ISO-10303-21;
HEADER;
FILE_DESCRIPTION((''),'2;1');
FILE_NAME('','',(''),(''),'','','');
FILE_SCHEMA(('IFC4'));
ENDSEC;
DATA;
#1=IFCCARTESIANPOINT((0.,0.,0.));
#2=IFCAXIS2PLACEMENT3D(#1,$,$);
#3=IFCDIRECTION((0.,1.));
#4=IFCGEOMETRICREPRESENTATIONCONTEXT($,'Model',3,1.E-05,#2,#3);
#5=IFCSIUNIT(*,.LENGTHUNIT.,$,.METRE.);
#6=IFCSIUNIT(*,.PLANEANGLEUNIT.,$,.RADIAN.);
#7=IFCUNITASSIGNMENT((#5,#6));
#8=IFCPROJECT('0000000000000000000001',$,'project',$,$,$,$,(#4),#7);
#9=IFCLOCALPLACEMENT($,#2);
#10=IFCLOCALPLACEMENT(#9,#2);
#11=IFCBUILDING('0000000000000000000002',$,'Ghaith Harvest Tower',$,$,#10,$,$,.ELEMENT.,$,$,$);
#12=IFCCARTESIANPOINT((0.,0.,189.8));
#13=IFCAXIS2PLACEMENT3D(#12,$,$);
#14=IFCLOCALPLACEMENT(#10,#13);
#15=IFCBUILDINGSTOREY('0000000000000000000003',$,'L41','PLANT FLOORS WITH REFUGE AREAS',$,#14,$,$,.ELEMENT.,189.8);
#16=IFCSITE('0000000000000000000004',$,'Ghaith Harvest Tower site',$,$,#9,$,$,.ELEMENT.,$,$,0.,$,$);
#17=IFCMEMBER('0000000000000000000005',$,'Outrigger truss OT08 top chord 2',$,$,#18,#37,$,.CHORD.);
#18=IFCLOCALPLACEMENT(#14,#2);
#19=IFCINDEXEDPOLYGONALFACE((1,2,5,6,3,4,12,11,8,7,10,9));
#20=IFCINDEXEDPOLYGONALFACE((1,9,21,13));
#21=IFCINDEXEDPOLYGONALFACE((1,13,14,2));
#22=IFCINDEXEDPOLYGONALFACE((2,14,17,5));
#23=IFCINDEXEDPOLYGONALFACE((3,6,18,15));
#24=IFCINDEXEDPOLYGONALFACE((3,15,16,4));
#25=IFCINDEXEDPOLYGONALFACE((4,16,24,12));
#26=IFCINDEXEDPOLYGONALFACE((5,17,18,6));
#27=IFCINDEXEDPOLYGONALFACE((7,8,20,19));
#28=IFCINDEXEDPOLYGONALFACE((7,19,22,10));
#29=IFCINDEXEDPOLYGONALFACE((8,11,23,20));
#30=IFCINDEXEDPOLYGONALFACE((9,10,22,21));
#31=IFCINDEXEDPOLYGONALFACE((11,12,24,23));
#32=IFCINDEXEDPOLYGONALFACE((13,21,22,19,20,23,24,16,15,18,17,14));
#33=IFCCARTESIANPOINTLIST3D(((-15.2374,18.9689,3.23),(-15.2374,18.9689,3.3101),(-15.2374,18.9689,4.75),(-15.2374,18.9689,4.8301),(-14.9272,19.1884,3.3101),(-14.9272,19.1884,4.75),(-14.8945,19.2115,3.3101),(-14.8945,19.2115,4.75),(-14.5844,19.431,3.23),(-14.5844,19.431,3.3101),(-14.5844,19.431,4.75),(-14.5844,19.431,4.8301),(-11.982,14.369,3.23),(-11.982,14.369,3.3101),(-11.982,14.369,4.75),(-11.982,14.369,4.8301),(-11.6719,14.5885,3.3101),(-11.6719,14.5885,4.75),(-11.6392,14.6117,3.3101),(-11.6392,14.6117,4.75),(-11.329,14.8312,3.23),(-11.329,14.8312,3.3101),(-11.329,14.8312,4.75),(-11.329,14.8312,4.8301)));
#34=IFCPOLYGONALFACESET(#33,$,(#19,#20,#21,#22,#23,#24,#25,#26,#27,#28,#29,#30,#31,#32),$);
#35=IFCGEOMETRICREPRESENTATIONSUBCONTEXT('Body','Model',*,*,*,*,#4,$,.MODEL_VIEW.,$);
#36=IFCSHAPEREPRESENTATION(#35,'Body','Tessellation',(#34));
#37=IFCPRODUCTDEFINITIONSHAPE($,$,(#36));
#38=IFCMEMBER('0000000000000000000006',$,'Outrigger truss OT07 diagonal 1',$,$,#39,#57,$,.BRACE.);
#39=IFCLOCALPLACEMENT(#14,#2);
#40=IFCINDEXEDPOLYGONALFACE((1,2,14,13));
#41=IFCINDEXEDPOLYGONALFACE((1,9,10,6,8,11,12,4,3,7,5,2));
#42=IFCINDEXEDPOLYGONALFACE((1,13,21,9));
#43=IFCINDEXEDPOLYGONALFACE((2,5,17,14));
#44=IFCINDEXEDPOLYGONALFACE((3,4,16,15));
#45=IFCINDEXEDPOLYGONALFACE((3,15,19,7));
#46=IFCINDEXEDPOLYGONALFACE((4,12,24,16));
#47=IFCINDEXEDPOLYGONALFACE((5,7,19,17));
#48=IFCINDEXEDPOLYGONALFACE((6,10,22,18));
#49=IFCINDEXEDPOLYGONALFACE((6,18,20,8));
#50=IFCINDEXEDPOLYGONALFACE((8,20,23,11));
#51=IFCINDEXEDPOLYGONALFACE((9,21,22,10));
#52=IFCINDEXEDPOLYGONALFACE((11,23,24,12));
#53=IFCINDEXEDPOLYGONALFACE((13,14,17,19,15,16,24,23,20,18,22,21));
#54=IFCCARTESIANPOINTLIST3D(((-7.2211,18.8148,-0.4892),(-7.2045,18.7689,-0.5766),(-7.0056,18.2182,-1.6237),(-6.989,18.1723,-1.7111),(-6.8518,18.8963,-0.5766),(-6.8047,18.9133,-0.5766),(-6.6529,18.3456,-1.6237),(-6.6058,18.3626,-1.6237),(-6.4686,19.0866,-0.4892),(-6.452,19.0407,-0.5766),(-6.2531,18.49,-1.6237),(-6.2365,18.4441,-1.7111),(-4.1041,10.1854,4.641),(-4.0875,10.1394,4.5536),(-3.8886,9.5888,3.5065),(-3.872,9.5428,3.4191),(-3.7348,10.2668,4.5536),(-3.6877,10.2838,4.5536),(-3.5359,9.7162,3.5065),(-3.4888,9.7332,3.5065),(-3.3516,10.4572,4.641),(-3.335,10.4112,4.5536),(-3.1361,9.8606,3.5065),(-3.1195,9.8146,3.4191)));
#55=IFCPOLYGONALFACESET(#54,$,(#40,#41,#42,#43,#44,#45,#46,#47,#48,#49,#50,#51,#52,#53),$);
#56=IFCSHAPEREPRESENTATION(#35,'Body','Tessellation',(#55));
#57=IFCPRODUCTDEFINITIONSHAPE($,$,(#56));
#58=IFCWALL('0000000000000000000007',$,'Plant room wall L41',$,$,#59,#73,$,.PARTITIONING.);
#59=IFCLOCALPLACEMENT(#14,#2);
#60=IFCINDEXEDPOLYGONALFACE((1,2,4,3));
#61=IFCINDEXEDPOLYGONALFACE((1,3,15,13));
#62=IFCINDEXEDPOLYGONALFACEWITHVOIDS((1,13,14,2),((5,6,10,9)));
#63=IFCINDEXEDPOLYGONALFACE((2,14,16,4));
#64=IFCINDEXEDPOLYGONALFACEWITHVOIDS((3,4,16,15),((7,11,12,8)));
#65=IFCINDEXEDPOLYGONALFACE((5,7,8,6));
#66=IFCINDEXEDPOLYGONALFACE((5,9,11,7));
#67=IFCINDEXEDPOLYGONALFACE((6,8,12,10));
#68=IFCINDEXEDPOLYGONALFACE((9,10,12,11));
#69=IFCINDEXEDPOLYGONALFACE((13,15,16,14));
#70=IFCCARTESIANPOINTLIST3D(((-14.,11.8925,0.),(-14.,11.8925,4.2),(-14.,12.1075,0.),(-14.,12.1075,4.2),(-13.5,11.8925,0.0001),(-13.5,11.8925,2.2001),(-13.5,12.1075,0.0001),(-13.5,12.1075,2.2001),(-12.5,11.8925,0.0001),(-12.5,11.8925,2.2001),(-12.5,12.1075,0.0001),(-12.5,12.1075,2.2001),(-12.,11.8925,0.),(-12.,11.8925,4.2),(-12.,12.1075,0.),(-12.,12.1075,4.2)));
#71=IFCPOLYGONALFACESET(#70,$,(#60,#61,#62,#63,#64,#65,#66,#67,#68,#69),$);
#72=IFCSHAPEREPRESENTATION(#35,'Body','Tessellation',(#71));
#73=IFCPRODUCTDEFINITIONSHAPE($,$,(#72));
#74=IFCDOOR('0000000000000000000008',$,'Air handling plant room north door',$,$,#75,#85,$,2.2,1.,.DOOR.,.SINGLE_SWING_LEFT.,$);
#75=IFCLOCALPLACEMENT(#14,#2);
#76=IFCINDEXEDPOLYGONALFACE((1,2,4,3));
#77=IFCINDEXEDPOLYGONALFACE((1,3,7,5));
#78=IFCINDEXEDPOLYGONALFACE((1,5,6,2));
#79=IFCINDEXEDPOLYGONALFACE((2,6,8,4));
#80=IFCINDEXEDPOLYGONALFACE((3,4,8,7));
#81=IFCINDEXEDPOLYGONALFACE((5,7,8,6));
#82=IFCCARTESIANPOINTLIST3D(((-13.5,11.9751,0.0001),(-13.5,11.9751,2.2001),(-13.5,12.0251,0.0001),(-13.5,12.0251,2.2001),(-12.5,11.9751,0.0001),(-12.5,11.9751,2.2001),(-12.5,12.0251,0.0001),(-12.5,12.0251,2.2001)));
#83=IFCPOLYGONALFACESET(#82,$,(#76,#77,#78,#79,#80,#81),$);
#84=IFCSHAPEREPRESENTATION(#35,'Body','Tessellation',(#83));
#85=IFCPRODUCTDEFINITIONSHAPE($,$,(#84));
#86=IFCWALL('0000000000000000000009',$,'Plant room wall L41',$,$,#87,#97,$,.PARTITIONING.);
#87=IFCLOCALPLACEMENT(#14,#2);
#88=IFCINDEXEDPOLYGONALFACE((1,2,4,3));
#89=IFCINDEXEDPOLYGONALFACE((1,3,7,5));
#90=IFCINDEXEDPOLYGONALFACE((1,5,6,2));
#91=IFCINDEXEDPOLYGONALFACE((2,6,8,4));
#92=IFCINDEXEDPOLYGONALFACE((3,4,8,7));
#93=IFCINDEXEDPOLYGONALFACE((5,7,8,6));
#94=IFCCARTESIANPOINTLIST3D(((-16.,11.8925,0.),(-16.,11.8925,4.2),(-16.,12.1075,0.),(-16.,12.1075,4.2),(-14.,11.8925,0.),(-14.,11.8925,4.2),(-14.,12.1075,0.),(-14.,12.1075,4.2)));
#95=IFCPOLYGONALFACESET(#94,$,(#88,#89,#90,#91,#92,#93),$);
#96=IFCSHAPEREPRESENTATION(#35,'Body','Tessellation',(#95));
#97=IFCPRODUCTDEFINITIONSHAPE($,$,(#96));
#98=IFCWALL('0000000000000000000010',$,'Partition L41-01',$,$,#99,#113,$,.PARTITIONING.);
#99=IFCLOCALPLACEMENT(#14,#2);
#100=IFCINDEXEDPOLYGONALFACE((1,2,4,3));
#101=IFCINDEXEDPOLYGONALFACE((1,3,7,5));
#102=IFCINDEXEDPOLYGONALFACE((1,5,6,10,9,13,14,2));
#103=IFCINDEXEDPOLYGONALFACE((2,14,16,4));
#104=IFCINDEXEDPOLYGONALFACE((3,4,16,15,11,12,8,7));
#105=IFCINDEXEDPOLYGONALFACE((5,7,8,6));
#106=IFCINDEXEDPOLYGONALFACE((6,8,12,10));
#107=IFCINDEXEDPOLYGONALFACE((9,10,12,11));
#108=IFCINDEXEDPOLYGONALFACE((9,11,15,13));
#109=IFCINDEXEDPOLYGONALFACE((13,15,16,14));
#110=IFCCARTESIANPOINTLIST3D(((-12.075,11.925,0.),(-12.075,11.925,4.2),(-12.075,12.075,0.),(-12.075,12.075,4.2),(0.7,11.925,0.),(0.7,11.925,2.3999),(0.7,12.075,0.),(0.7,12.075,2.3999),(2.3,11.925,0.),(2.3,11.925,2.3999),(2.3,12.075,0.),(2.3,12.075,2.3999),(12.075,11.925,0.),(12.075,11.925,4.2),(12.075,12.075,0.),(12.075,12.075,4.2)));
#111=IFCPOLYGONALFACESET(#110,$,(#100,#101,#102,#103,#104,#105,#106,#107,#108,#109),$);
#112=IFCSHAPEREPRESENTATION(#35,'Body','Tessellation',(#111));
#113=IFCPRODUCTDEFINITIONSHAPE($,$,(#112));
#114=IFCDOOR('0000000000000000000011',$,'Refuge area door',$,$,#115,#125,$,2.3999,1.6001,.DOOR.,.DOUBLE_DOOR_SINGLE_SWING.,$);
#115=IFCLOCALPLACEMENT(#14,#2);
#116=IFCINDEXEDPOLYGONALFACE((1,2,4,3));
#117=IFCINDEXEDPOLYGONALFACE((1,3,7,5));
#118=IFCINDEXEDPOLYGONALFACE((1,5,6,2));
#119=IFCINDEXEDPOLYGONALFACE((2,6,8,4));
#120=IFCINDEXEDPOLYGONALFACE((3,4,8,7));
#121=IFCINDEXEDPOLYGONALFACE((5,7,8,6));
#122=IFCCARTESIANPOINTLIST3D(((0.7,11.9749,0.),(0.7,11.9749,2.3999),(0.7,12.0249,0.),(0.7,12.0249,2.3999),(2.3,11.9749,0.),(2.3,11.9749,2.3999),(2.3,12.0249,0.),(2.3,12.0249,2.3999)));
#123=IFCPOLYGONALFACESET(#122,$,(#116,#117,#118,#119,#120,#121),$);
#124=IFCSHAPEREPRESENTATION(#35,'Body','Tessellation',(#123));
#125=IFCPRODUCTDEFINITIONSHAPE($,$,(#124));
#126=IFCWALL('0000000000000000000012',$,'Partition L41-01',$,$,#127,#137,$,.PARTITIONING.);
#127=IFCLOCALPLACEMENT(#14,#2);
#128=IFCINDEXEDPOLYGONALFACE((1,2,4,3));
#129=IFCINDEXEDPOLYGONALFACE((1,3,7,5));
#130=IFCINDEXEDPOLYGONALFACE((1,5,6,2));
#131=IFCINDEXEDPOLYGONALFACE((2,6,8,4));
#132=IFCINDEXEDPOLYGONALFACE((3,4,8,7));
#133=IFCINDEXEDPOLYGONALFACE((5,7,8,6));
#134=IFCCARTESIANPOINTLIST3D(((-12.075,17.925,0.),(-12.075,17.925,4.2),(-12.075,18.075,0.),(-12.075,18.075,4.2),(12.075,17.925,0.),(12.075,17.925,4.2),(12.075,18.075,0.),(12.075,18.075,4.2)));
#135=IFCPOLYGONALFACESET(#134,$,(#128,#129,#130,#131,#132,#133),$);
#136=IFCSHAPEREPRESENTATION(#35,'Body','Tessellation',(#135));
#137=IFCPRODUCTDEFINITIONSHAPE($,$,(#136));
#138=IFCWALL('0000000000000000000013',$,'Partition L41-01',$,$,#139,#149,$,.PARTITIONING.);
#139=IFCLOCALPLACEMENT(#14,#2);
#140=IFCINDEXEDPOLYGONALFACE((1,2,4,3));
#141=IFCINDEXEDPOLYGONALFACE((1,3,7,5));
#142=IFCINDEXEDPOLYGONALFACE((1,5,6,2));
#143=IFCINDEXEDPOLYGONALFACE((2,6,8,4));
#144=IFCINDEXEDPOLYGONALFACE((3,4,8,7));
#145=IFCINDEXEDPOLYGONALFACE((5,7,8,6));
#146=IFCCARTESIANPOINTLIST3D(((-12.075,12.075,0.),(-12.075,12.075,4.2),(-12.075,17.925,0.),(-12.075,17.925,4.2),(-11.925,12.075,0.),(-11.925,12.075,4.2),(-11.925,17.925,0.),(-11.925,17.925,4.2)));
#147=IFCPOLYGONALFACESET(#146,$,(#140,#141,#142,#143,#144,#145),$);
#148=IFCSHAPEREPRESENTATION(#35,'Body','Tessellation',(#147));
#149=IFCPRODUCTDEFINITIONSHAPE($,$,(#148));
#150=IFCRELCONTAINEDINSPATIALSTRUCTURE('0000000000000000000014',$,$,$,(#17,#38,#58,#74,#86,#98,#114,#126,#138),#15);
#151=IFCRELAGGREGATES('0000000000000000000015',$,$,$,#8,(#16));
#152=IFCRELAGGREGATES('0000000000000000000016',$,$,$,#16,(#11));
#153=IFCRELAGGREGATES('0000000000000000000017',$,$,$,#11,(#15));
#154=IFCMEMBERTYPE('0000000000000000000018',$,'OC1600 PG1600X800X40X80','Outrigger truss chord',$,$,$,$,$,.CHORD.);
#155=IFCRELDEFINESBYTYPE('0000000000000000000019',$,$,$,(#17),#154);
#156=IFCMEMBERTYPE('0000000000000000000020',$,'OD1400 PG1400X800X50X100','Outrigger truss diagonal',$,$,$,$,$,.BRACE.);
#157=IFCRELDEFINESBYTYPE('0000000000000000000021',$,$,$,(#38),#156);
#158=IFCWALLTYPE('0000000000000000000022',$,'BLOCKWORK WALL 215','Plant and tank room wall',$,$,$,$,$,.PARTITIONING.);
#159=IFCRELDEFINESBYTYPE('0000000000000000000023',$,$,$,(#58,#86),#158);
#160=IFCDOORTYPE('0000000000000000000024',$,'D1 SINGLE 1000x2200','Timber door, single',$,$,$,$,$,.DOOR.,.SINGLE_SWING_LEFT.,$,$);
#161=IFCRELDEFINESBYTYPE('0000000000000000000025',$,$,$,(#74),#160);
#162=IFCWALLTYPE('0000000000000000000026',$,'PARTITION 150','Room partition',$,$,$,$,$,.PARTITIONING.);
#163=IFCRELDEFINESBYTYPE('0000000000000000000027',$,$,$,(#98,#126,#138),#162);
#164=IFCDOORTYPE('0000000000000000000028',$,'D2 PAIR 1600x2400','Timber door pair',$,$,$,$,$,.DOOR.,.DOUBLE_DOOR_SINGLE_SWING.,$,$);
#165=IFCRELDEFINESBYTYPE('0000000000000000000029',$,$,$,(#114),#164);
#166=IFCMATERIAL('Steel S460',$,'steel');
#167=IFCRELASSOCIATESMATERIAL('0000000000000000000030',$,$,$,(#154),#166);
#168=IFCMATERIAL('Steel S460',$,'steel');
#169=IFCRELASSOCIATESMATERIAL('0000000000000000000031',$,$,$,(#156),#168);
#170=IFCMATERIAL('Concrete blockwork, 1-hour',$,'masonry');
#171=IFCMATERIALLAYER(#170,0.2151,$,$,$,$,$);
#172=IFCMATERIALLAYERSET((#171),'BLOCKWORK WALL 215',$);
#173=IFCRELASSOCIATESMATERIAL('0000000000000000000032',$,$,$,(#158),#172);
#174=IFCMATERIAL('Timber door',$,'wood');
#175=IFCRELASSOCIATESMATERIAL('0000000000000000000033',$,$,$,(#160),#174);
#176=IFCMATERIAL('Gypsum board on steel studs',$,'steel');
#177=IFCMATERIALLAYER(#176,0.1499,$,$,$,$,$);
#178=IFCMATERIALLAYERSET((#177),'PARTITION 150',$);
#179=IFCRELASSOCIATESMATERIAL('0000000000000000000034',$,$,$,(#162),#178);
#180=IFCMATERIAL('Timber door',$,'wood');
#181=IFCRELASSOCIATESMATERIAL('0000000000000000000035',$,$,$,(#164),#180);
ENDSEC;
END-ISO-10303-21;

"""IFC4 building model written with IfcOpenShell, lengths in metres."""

from ifc_helpers import new_model, si_unit, direction, frame, frame_2d, origin, origin_2d, place, context, subcontext, project, spatial, rectangle, i_section, extrude, material, layer, layer_set, material_profile, profile_set, type_object, element, fill, save


model = new_model("IFC4")

# Units and contexts
model_context = context("Model", 3, precision=1e-05, world=origin(), true_north=direction((0.0, 1.0)))
body_context = subcontext(model_context, "Body", "Model", "MODEL_VIEW")
ifc_project = project(units=[si_unit("LENGTHUNIT", "METRE"), si_unit("PLANEANGLEUNIT", "RADIAN")], contexts=[model_context])

# Site, building, storey
site_placement = place(None, origin())
site = spatial("IfcSite", under=ifc_project, at=site_placement, Name="Ghaith Harvest Tower site", CompositionType="ELEMENT", RefElevation=0.0)
building_placement = place(site_placement, origin())
building = spatial("IfcBuilding", under=site, at=building_placement, Name="Ghaith Harvest Tower", CompositionType="ELEMENT")
storey_placement = place(building_placement, frame((0.0, 0.0, 189.8)))
storey = spatial("IfcBuildingStorey", under=building, at=storey_placement, Name="L41", Description="PLANT FLOORS WITH REFUGE AREAS", CompositionType="ELEMENT", Elevation=189.8)

# Members
ifc_material_1 = material(Name="Steel S460", Category="steel")
ifc_material_profile_1 = material_profile(ifc_material_1, i_section(OverallWidth=0.8, OverallDepth=1.6001, WebThickness=0.04, FlangeThickness=0.0801, at=origin_2d()), Name="PG1600X800X40X80")
ifc_profile_set_1 = profile_set([ifc_material_profile_1], Name="Steel S460")
member_type_1 = type_object("IfcMemberType", Name="OC1600 PG1600X800X40X80", Description="Outrigger truss chord", PredefinedType="CHORD", material=ifc_profile_set_1)
member_1_placement = place(storey_placement, frame((-11.6555, 14.6001, 4.03), z_axis=(-0.57768, 0.816264, 0.0), x_axis=(-0.816264, -0.57768, 0.0)))
element("IfcMember", 1, at=member_1_placement, inside=storey, type_object=member_type_1, Name="Outrigger truss OT08 top chord 2", PredefinedType="CHORD", context=body_context, shape_type="SweptSolid", body=[
    extrude(i_section(OverallWidth=0.8, OverallDepth=1.6001, WebThickness=0.04, FlangeThickness=0.0801, at=origin_2d()), origin(), (0.0, 0.0, 1.0), 5.6353),
])
ifc_material_2 = material(Name="Steel S460", Category="steel")
ifc_material_profile_2 = material_profile(ifc_material_2, i_section(OverallWidth=0.8, OverallDepth=1.3999, WebThickness=0.05, FlangeThickness=0.1001, at=origin_2d()), Name="PG1400X800X50X100")
ifc_profile_set_2 = profile_set([ifc_material_profile_2], Name="Steel S460")
member_type_2 = type_object("IfcMemberType", Name="OD1400 PG1400X800X50X100", Description="Outrigger truss diagonal", PredefinedType="BRACE", material=ifc_profile_set_2)
member_2_placement = place(storey_placement, frame((-3.6118, 10.0, 4.03), z_axis=(-0.296516, 0.820917, -0.488031), x_axis=(-0.940527, -0.339719, 0.0)))
element("IfcMember", 2, at=member_2_placement, inside=storey, type_object=member_type_2, Name="Outrigger truss OT07 diagonal 1", PredefinedType="BRACE", context=body_context, shape_type="SweptSolid", body=[
    extrude(i_section(OverallWidth=0.8, OverallDepth=1.3999, WebThickness=0.05, FlangeThickness=0.1001, at=origin_2d()), origin(), (0.0, 0.0, 1.0), 10.512),
])

# Wall, opening, door
ifc_material_3 = material(Name="Concrete blockwork, 1-hour", Category="masonry")
ifc_layer_1 = layer(ifc_material_3, 0.2151)
ifc_layer_set_1 = layer_set([ifc_layer_1], Name="BLOCKWORK WALL 215")
wall_type_1 = type_object("IfcWallType", Name="BLOCKWORK WALL 215", Description="Plant and tank room wall", PredefinedType="PARTITIONING", material=ifc_layer_set_1)
wall_1_placement = place(storey_placement, frame((-12.0, 12.0, 0.0), z_axis=(0.0, 0.0, 1.0), x_axis=(-1.0, 0.0, 0.0)))
wall_1 = element("IfcWall", 3, at=wall_1_placement, inside=storey, type_object=wall_type_1, Name="Plant room wall L41", PredefinedType="PARTITIONING", context=body_context, shape_type="SweptSolid", body=[
    extrude(rectangle(XDim=2.0, YDim=0.2151, at=frame_2d((1.0, 0.0))), origin(), (0.0, 0.0, 1.0), 4.2),
])
opening_1_placement = place(wall_1_placement, frame((0.5, 0.0, 0.0)))
opening_1 = element("IfcOpeningElement", 4, at=opening_1_placement, cuts=wall_1, PredefinedType="OPENING", context=body_context, shape_type="SweptSolid", body=[
    extrude(rectangle(XDim=1.0, YDim=2.2, at=frame_2d((0.5, 1.1001))), frame((0.0, 0.1177, 0.0), z_axis=(0.0, -1.0, 0.0), x_axis=(1.0, 0.0, 0.0)), (0.0, 0.0, 1.0), 0.2351),
])
ifc_material_4 = material(Name="Timber door", Category="wood")
door_type_1 = type_object("IfcDoorType", Name="D1 SINGLE 1000x2200", Description="Timber door, single", OperationType="SINGLE_SWING_LEFT", PredefinedType="DOOR", material=ifc_material_4)
door_1_placement = place(opening_1_placement, origin())
door_1 = element("IfcDoor", 5, at=door_1_placement, inside=storey, type_object=door_type_1, Name="Air handling plant room north door", OperationType="SINGLE_SWING_LEFT", OverallHeight=2.2, OverallWidth=1.0, PredefinedType="DOOR", context=body_context, shape_type="SweptSolid", body=[
    extrude(rectangle(XDim=1.0, YDim=2.2, at=frame_2d((0.5, 1.1001))), frame((0.0, 0.0249, 0.0), z_axis=(0.0, -1.0, 0.0), x_axis=(1.0, 0.0, 0.0)), (0.0, 0.0, 1.0), 0.05),
])
fill(opening_1, door_1)

# Wall
wall_2_placement = place(storey_placement, frame((-14.0, 12.0, 0.0), z_axis=(0.0, 0.0, 1.0), x_axis=(-1.0, 0.0, 0.0)))
element("IfcWall", 6, at=wall_2_placement, inside=storey, type_object=wall_type_1, Name="Plant room wall L41", PredefinedType="PARTITIONING", context=body_context, shape_type="SweptSolid", body=[
    extrude(rectangle(XDim=2.0, YDim=0.2151, at=frame_2d((1.0, 0.0))), origin(), (0.0, 0.0, 1.0), 4.2),
])

# Wall, opening, door
ifc_material_5 = material(Name="Gypsum board on steel studs", Category="steel")
ifc_layer_2 = layer(ifc_material_5, 0.1499)
ifc_layer_set_2 = layer_set([ifc_layer_2], Name="PARTITION 150")
wall_type_2 = type_object("IfcWallType", Name="PARTITION 150", Description="Room partition", PredefinedType="PARTITIONING", material=ifc_layer_set_2)
wall_3_placement = place(storey_placement, frame((-12.075, 12.0, 0.0), z_axis=(0.0, 0.0, 1.0), x_axis=(1.0, 0.0, 0.0)))
wall_3 = element("IfcWall", 7, at=wall_3_placement, inside=storey, type_object=wall_type_2, Name="Partition L41-01", PredefinedType="PARTITIONING", context=body_context, shape_type="SweptSolid", body=[
    extrude(rectangle(XDim=24.1499, YDim=0.1499, at=frame_2d((12.075, 0.0))), origin(), (0.0, 0.0, 1.0), 4.2),
])
opening_2_placement = place(wall_3_placement, frame((12.7749, 0.0, 0.0)))
opening_2 = element("IfcOpeningElement", 8, at=opening_2_placement, cuts=wall_3, PredefinedType="OPENING", context=body_context, shape_type="SweptSolid", body=[
    extrude(rectangle(XDim=1.6001, YDim=2.3999, at=frame_2d((0.8, 1.2))), frame((0.0, 0.085, 0.0), z_axis=(0.0, -1.0, 0.0), x_axis=(1.0, 0.0, 0.0)), (0.0, 0.0, 1.0), 0.1699),
])
ifc_material_6 = material(Name="Timber door", Category="wood")
door_type_2 = type_object("IfcDoorType", Name="D2 PAIR 1600x2400", Description="Timber door pair", OperationType="DOUBLE_DOOR_SINGLE_SWING", PredefinedType="DOOR", material=ifc_material_6)
door_2_placement = place(opening_2_placement, origin())
door_2 = element("IfcDoor", 9, at=door_2_placement, inside=storey, type_object=door_type_2, Name="Refuge area door", OperationType="DOUBLE_DOOR_SINGLE_SWING", OverallHeight=2.3999, OverallWidth=1.6001, PredefinedType="DOOR", context=body_context, shape_type="SweptSolid", body=[
    extrude(rectangle(XDim=1.6001, YDim=2.3999, at=frame_2d((0.8, 1.2))), frame((0.0, 0.0249, 0.0), z_axis=(0.0, -1.0, 0.0), x_axis=(1.0, 0.0, 0.0)), (0.0, 0.0, 1.0), 0.05),
])
fill(opening_2, door_2)

# Walls
wall_4_placement = place(storey_placement, frame((-12.075, 18.0, 0.0), z_axis=(0.0, 0.0, 1.0), x_axis=(1.0, 0.0, 0.0)))
element("IfcWall", 10, at=wall_4_placement, inside=storey, type_object=wall_type_2, Name="Partition L41-01", PredefinedType="PARTITIONING", context=body_context, shape_type="SweptSolid", body=[
    extrude(rectangle(XDim=24.1499, YDim=0.1499, at=frame_2d((12.075, 0.0))), origin(), (0.0, 0.0, 1.0), 4.2),
])
wall_5_placement = place(storey_placement, frame((-12.0, 12.075, 0.0), z_axis=(0.0, 0.0, 1.0), x_axis=(0.0, 1.0, 0.0)))
element("IfcWall", 11, at=wall_5_placement, inside=storey, type_object=wall_type_2, Name="Partition L41-01", PredefinedType="PARTITIONING", context=body_context, shape_type="SweptSolid", body=[
    extrude(rectangle(XDim=5.8501, YDim=0.1499, at=frame_2d((2.925, 0.0))), origin(), (0.0, 0.0, 1.0), 4.2),
])

save(model, "model.ifc")
